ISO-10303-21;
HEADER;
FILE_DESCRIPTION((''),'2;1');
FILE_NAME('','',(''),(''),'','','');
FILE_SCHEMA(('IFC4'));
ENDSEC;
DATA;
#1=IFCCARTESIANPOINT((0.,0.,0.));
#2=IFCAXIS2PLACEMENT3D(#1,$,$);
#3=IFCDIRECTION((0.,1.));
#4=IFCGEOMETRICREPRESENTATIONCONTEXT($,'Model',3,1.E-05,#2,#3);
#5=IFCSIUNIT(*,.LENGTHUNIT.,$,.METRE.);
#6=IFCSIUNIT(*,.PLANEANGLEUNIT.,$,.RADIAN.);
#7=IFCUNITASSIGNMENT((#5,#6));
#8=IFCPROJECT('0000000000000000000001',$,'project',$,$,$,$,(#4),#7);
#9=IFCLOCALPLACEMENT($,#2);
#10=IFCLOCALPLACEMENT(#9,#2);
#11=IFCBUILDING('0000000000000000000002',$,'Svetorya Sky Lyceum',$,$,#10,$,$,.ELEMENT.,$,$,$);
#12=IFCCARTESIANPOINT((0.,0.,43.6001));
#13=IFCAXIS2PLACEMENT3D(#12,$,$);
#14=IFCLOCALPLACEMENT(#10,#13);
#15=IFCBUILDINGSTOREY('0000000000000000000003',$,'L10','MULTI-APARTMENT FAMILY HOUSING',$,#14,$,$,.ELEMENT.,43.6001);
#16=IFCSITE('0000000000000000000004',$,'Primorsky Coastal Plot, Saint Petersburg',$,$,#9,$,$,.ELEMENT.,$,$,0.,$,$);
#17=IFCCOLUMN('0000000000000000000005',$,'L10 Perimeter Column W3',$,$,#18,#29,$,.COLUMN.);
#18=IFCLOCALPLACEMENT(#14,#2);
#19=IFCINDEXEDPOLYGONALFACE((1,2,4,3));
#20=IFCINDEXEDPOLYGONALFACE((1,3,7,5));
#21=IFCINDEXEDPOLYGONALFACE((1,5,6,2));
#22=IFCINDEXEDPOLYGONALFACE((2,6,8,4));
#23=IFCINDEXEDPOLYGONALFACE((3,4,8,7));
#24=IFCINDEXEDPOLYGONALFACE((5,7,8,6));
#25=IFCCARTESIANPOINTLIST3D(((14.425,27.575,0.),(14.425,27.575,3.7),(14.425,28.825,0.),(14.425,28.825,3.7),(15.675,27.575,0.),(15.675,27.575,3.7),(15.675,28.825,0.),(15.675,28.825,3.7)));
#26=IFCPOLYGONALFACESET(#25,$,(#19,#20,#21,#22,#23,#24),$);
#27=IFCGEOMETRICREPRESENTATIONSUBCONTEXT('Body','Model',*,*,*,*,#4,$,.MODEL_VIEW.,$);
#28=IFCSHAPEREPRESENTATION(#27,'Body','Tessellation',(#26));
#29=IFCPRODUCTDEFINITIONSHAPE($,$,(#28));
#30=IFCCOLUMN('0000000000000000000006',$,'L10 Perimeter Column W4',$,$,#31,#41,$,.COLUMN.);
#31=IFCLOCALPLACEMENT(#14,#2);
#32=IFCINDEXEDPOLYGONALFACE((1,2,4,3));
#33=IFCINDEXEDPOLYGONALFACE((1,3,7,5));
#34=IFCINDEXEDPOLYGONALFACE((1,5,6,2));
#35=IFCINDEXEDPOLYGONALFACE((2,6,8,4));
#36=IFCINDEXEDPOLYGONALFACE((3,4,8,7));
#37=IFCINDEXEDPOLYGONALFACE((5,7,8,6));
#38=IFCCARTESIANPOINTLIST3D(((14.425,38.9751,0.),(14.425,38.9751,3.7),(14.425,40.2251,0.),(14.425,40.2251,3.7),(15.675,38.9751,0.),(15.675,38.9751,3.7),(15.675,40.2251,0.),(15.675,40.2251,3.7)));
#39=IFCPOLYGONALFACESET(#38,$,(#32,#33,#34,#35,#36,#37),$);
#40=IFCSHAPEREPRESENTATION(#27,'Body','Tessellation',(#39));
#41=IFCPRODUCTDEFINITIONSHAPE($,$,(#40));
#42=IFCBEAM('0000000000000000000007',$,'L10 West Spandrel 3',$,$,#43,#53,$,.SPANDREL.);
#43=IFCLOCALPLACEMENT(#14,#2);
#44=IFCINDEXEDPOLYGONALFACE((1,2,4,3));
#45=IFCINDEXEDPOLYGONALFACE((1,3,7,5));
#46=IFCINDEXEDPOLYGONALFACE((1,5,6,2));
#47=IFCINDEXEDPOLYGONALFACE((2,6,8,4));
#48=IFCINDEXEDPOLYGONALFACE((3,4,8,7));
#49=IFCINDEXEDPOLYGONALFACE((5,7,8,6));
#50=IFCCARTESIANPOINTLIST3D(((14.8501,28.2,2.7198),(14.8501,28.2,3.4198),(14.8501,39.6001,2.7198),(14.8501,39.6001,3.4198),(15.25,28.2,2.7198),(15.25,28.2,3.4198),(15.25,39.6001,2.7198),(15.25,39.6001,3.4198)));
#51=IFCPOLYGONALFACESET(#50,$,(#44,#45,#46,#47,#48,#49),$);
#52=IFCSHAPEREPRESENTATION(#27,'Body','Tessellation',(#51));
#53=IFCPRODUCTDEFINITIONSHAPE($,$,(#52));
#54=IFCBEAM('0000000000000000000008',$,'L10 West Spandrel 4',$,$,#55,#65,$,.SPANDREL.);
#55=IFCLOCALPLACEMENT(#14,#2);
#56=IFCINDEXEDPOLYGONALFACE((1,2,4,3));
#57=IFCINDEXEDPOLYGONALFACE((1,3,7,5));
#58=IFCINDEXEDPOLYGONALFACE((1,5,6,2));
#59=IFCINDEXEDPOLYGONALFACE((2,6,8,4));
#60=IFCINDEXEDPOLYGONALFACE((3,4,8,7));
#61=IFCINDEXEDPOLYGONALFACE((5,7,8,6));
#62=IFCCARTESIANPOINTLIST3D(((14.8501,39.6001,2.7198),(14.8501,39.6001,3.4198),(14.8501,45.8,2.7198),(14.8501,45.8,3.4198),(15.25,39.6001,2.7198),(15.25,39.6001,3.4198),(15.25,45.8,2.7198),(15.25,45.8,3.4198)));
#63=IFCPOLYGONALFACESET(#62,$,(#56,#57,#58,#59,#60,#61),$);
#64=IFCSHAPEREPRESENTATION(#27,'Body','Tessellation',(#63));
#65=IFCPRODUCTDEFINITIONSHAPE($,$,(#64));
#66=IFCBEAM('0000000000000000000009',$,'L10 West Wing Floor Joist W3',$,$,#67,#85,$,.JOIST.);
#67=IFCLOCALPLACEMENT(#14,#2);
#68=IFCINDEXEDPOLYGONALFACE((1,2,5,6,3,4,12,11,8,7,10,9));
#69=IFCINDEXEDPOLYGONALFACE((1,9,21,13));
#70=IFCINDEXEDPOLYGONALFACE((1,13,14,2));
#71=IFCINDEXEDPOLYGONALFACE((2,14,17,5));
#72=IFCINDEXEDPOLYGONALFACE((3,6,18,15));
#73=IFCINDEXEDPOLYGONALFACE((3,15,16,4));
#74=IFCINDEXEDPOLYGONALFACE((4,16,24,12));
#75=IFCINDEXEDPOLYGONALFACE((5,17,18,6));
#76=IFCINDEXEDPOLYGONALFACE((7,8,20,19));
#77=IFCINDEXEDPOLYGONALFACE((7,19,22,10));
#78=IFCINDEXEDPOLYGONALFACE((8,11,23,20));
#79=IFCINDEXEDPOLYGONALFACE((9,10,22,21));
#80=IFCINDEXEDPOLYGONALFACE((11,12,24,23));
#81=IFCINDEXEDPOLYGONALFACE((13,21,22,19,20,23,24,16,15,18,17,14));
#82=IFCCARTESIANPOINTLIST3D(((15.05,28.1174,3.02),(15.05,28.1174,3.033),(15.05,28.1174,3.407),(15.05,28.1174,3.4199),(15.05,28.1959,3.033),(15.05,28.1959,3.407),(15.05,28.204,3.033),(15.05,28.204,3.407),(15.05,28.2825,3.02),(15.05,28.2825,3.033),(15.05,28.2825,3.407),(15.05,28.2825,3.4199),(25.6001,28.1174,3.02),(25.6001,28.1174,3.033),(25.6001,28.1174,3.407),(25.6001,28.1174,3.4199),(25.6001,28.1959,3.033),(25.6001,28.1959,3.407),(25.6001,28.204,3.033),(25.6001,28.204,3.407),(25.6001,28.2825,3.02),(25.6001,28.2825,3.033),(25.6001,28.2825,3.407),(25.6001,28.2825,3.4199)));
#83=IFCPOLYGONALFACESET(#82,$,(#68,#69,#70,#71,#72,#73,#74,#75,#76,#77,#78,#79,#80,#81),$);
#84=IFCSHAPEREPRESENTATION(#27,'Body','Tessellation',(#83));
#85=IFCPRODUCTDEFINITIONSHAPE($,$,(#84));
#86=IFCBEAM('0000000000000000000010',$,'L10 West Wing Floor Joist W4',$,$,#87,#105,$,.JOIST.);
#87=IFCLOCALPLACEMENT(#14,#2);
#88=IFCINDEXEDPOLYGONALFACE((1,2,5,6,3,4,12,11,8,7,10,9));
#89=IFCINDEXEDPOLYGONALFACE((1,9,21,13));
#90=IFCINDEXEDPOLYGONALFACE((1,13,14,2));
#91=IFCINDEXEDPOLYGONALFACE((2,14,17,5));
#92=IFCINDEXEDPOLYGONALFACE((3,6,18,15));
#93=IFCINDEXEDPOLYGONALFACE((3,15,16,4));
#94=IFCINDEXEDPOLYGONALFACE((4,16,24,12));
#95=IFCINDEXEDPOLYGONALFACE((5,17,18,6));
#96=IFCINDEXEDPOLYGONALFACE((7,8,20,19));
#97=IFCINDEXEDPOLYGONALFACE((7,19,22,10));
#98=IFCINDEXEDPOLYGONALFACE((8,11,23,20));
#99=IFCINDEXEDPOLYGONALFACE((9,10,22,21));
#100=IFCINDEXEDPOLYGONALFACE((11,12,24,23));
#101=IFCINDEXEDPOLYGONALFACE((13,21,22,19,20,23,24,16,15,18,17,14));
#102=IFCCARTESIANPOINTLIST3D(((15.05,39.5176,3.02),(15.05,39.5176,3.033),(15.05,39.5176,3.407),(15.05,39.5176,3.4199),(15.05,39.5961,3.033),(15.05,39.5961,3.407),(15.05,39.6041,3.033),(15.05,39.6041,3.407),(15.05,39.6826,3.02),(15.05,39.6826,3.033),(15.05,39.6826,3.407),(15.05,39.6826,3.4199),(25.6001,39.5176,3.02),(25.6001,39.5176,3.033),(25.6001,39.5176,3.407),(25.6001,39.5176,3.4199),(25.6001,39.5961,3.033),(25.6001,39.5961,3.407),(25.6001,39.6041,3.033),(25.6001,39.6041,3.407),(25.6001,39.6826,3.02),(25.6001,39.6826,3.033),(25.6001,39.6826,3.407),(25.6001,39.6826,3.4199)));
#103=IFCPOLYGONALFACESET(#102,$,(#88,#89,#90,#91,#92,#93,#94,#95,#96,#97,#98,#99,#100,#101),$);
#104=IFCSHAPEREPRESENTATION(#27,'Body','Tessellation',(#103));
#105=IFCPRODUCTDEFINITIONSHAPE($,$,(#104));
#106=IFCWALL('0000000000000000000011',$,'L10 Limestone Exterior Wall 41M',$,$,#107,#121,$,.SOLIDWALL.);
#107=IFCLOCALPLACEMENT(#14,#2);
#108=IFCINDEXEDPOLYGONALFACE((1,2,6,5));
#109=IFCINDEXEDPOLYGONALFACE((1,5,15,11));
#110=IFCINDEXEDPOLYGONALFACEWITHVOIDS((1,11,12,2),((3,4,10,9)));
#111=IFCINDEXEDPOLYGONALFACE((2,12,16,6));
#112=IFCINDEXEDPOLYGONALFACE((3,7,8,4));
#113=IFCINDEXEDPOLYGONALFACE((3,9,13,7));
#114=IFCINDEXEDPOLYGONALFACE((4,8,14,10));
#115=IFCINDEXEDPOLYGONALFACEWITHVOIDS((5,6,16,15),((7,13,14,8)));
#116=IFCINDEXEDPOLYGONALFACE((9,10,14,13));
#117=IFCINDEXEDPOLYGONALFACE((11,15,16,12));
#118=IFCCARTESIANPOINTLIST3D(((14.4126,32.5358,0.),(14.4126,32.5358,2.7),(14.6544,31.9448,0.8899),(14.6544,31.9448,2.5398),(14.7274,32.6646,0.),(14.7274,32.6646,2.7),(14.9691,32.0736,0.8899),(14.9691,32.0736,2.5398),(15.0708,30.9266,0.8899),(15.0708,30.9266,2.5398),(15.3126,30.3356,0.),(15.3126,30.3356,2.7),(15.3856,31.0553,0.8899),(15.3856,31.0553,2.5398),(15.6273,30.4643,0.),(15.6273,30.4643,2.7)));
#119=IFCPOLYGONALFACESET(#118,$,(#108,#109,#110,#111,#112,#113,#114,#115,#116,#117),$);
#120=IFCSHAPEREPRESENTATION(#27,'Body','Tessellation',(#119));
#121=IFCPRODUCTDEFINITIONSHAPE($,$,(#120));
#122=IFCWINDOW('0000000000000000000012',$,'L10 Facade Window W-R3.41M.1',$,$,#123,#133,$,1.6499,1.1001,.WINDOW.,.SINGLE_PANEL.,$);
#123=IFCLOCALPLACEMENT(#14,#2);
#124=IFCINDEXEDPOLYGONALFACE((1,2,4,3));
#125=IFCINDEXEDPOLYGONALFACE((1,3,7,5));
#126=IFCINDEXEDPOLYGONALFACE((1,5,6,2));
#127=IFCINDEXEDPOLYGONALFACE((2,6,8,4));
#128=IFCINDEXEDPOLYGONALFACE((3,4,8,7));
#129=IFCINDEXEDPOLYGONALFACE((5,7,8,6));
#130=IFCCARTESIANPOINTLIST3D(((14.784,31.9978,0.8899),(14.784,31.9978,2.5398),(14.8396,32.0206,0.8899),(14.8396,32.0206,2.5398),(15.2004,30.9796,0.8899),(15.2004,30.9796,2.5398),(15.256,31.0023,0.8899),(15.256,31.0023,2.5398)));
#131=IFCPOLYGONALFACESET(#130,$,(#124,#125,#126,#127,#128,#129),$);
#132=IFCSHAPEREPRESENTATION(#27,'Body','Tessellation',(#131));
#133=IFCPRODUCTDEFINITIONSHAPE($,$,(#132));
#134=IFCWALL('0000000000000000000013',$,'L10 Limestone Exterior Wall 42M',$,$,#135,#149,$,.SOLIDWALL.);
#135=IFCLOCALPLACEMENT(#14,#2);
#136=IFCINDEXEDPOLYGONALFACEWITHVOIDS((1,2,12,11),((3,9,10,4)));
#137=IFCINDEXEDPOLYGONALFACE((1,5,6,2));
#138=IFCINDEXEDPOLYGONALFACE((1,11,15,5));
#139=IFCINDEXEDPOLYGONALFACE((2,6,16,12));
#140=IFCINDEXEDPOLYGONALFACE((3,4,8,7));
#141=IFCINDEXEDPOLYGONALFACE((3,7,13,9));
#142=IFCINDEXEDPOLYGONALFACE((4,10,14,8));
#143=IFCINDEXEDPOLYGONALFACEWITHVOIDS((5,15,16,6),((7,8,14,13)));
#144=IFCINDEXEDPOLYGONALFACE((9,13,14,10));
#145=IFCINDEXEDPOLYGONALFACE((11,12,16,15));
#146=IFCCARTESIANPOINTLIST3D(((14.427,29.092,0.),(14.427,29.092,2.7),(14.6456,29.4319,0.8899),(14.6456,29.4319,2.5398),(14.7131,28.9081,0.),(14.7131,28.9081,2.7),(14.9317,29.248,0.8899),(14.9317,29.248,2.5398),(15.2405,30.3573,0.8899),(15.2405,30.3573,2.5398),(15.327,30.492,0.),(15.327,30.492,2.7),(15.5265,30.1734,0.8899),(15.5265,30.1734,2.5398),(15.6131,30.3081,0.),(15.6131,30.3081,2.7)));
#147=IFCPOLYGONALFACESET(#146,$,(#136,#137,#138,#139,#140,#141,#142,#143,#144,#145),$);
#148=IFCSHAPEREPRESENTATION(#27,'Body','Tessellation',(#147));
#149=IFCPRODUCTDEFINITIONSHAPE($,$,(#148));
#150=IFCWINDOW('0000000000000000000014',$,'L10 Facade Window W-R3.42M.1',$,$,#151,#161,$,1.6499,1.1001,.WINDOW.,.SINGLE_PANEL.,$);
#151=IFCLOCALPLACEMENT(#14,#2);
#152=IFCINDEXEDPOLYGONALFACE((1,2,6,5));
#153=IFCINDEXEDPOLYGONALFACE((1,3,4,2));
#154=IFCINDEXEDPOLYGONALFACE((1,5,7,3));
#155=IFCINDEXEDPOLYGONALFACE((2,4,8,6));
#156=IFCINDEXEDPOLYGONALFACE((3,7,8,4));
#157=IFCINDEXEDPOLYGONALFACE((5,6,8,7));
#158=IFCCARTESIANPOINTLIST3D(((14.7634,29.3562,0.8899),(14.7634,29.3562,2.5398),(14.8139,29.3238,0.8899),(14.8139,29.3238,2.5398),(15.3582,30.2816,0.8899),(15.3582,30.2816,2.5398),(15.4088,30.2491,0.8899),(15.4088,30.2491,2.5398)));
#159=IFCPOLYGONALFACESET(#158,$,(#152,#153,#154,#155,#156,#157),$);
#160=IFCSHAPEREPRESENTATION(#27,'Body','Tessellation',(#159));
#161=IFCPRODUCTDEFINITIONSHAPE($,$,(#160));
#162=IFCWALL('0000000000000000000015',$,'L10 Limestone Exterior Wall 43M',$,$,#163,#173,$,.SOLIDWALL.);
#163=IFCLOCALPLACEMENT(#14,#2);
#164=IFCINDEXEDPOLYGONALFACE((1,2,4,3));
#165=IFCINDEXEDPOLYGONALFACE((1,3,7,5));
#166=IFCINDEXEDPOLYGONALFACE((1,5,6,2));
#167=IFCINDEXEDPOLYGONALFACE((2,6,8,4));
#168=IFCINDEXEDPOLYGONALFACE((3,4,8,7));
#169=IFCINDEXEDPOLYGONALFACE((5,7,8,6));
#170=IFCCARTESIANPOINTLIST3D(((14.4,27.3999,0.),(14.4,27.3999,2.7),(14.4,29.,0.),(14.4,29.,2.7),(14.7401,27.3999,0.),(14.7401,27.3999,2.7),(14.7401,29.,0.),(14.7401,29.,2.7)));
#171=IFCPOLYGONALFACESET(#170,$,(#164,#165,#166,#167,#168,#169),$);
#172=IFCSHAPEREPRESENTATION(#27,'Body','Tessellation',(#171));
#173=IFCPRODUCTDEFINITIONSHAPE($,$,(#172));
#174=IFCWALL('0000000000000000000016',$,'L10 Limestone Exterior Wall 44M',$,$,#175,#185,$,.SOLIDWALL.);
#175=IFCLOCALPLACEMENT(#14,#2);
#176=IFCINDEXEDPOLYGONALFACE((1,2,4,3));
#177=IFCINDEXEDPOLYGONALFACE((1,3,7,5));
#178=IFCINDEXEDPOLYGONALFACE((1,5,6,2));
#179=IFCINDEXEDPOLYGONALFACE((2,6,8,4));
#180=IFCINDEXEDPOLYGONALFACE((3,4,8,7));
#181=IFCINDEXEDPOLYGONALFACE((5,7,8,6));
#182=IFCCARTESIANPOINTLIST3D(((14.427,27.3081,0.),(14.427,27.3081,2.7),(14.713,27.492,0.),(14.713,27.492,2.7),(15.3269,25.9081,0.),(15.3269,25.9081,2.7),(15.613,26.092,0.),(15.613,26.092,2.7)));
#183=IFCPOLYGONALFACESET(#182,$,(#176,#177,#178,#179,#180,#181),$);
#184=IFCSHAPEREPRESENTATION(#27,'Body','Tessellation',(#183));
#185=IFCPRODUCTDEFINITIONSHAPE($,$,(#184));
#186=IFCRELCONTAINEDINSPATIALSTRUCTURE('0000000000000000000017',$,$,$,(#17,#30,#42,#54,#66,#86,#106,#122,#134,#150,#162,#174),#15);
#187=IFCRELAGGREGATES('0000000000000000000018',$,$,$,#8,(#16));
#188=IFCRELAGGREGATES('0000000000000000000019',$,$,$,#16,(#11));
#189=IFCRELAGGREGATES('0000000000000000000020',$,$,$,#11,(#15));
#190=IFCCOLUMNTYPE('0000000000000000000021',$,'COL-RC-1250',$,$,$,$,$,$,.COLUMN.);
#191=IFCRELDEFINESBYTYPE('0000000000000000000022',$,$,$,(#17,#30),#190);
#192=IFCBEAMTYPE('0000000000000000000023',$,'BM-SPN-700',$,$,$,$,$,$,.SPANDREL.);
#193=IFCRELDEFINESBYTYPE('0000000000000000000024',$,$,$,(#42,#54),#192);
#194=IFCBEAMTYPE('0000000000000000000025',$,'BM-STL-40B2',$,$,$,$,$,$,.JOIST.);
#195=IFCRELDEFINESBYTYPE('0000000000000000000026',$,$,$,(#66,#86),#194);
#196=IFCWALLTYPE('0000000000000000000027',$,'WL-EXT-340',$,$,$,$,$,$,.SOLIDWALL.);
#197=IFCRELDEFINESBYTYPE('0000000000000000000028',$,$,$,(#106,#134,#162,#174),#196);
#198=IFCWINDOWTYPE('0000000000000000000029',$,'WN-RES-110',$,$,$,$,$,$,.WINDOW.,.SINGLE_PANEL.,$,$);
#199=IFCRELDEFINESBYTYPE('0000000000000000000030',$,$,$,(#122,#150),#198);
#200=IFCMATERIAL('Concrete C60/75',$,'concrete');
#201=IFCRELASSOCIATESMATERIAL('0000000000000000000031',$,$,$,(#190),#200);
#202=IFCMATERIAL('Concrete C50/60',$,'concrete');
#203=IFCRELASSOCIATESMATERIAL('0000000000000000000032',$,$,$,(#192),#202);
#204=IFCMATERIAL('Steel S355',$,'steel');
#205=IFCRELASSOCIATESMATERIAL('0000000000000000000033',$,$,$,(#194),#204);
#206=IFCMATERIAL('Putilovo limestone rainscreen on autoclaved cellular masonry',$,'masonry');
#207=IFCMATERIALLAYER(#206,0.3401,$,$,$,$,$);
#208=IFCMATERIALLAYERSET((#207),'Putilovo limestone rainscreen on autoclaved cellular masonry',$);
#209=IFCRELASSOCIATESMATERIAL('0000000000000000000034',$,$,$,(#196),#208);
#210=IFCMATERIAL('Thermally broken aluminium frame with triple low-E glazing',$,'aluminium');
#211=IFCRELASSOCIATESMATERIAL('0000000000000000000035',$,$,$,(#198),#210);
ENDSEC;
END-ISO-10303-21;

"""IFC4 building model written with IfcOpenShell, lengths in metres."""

from ifc_helpers import new_model, si_unit, direction, frame, frame_2d, origin, origin_2d, place, context, subcontext, project, spatial, rectangle, i_section, extrude, material, layer, layer_set, material_profile, profile_set, type_object, element, fill, save


model = new_model("IFC4")

# Units and contexts
model_context = context("Model", 3, precision=1e-05, world=origin(), true_north=direction((0.0, 1.0)))
body_context = subcontext(model_context, "Body", "Model", "MODEL_VIEW")
ifc_project = project(units=[si_unit("LENGTHUNIT", "METRE"), si_unit("PLANEANGLEUNIT", "RADIAN")], contexts=[model_context])

# Site, building, storey
site_placement = place(None, origin())
site = spatial("IfcSite", under=ifc_project, at=site_placement, Name="Primorsky Coastal Plot, Saint Petersburg", CompositionType="ELEMENT", RefElevation=0.0)
building_placement = place(site_placement, origin())
building = spatial("IfcBuilding", under=site, at=building_placement, Name="Svetorya Sky Lyceum", CompositionType="ELEMENT")
storey_placement = place(building_placement, frame((0.0, 0.0, 43.6001)))
storey = spatial("IfcBuildingStorey", under=building, at=storey_placement, Name="L10", Description="MULTI-APARTMENT FAMILY HOUSING", CompositionType="ELEMENT", Elevation=43.6001)

# Columns
ifc_material_1 = material(Name="Concrete C60/75", Category="concrete")
ifc_material_profile_1 = material_profile(ifc_material_1, rectangle(XDim=1.25, YDim=1.25, at=origin_2d()), Name="RC COL 1250x1250")
ifc_profile_set_1 = profile_set([ifc_material_profile_1], Name="Concrete C60/75")
column_type = type_object("IfcColumnType", Name="COL-RC-1250", PredefinedType="COLUMN", material=ifc_profile_set_1)
for number, where, z_axis, x_axis, name in (
    (1, (15.05, 28.2, 0.0), (0.0, 0.0, 1.0), (1.0, 0.0, 0.0), "L10 Perimeter Column W3"),
    (2, (15.05, 39.6001, 0.0), (0.0, 0.0, 1.0), (1.0, 0.0, 0.0), "L10 Perimeter Column W4"),
):
    element("IfcColumn", number, at=place(storey_placement, frame(where, z_axis=z_axis, x_axis=x_axis)), inside=storey, type_object=column_type, Name=name, PredefinedType="COLUMN", context=body_context, shape_type="SweptSolid", body=[
        extrude(rectangle(XDim=1.25, YDim=1.25, at=origin_2d()), origin(), (0.0, 0.0, 1.0), 3.7),
    ])

# Beams
ifc_material_2 = material(Name="Concrete C50/60", Category="concrete")
ifc_material_profile_2 = material_profile(ifc_material_2, rectangle(XDim=0.3999, YDim=0.7, at=origin_2d()), Name="RC SPANDREL 400x700")
ifc_profile_set_2 = profile_set([ifc_material_profile_2], Name="Concrete C50/60")
beam_type_1 = type_object("IfcBeamType", Name="BM-SPN-700", PredefinedType="SPANDREL", material=ifc_profile_set_2)
beam_1_placement = place(storey_placement, frame((15.05, 28.2, 3.0698), z_axis=(0.0, 1.0, 0.0), x_axis=(-1.0, 0.0, 0.0)))
element("IfcBeam", 3, at=beam_1_placement, inside=storey, type_object=beam_type_1, Name="L10 West Spandrel 3", PredefinedType="SPANDREL", context=body_context, shape_type="SweptSolid", body=[
    extrude(rectangle(XDim=0.3999, YDim=0.7, at=origin_2d()), origin(), (0.0, 0.0, 1.0), 11.4001),
])
beam_2_placement = place(storey_placement, frame((15.05, 39.6001, 3.0698), z_axis=(0.0, 1.0, 0.0), x_axis=(-1.0, 0.0, 0.0)))
element("IfcBeam", 4, at=beam_2_placement, inside=storey, type_object=beam_type_1, Name="L10 West Spandrel 4", PredefinedType="SPANDREL", context=body_context, shape_type="SweptSolid", body=[
    extrude(rectangle(XDim=0.3999, YDim=0.7, at=origin_2d()), origin(), (0.0, 0.0, 1.0), 6.2),
])
ifc_material_3 = material(Name="Steel S355", Category="steel")
ifc_material_profile_3 = material_profile(ifc_material_3, i_section(OverallWidth=0.165, OverallDepth=0.3999, WebThickness=0.0081, FlangeThickness=0.0129, at=origin_2d()), Name="GOST 40B2")
ifc_profile_set_3 = profile_set([ifc_material_profile_3], Name="Steel S355")
beam_type_2 = type_object("IfcBeamType", Name="BM-STL-40B2", PredefinedType="JOIST", material=ifc_profile_set_3)
for number, where, z_axis, x_axis, name in (
    (5, (15.05, 28.2, 3.22), (1.0, 0.0, 0.0), (0.0, 1.0, 0.0), "L10 West Wing Floor Joist W3"),
    (6, (15.05, 39.6001, 3.22), (1.0, 0.0, 0.0), (0.0, 1.0, 0.0), "L10 West Wing Floor Joist W4"),
):
    element("IfcBeam", number, at=place(storey_placement, frame(where, z_axis=z_axis, x_axis=x_axis)), inside=storey, type_object=beam_type_2, Name=name, PredefinedType="JOIST", context=body_context, shape_type="SweptSolid", body=[
        extrude(i_section(OverallWidth=0.165, OverallDepth=0.3999, WebThickness=0.0081, FlangeThickness=0.0129, at=origin_2d()), origin(), (0.0, 0.0, 1.0), 10.55),
    ])

# Walls, openings, windows
ifc_material_4 = material(Name="Putilovo limestone rainscreen on autoclaved cellular masonry", Category="masonry")
ifc_layer_1 = layer(ifc_material_4, 0.3401)
ifc_layer_set_1 = layer_set([ifc_layer_1], Name="Putilovo limestone rainscreen on autoclaved cellular masonry")
wall_type_1 = type_object("IfcWallType", Name="WL-EXT-340", PredefinedType="SOLIDWALL", material=ifc_layer_set_1)
wall_1_placement = place(storey_placement, frame((14.5701, 32.6001, 0.0), z_axis=(0.0, 0.0, 1.0), x_axis=(0.378569, -0.925573, 0.0)))
wall_1 = element("IfcWall", 7, at=wall_1_placement, inside=storey, type_object=wall_type_1, Name="L10 Limestone Exterior Wall 41M", PredefinedType="SOLIDWALL", context=body_context, shape_type="SweptSolid", body=[
    extrude(rectangle(XDim=2.3772, YDim=0.3401, at=frame_2d((1.1885, 0.0))), origin(), (0.0, 0.0, 1.0), 2.7),
])
opening_1_placement = place(wall_1_placement, frame((0.6384, 0.0, 0.8899)))
opening_1 = element("IfcOpeningElement", 8, at=opening_1_placement, cuts=wall_1, PredefinedType="OPENING", context=body_context, shape_type="SweptSolid", body=[
    extrude(rectangle(XDim=1.1001, YDim=1.6499, at=frame_2d((0.55, 0.825))), frame((0.0, 0.1799, 0.0), z_axis=(0.0, -1.0, 0.0), x_axis=(1.0, 0.0, 0.0)), (0.0, 0.0, 1.0), 0.3601),
])
ifc_material_5 = material(Name="Thermally broken aluminium frame with triple low-E glazing", Category="aluminium")
window_type_1 = type_object("IfcWindowType", Name="WN-RES-110", PartitioningType="SINGLE_PANEL", PredefinedType="WINDOW", material=ifc_material_5)
window_1_placement = place(opening_1_placement, origin())
window_1 = element("IfcWindow", 9, at=window_1_placement, inside=storey, type_object=window_type_1, Name="L10 Facade Window W-R3.41M.1", OverallHeight=1.6499, OverallWidth=1.1001, PartitioningType="SINGLE_PANEL", PredefinedType="WINDOW", context=body_context, shape_type="SweptSolid", body=[
    extrude(rectangle(XDim=1.1001, YDim=1.6499, at=frame_2d((0.55, 0.825))), frame((0.0, 0.03, 0.0), z_axis=(0.0, -1.0, 0.0), x_axis=(1.0, 0.0, 0.0)), (0.0, 0.0, 1.0), 0.0601),
])
fill(opening_1, window_1)
wall_2_placement = place(storey_placement, frame((15.47, 30.3999, 0.0), z_axis=(0.0, 0.0, 1.0), x_axis=(-0.540743, -0.841188, 0.0)))
wall_2 = element("IfcWall", 10, at=wall_2_placement, inside=storey, type_object=wall_type_1, Name="L10 Limestone Exterior Wall 42M", PredefinedType="SOLIDWALL", context=body_context, shape_type="SweptSolid", body=[
    extrude(rectangle(XDim=1.6643, YDim=0.3401, at=frame_2d((0.832, 0.0))), origin(), (0.0, 0.0, 1.0), 2.7),
])
opening_2_placement = place(wall_2_placement, frame((0.1599, 0.0, 0.8899)))
opening_2 = element("IfcOpeningElement", 11, at=opening_2_placement, cuts=wall_2, PredefinedType="OPENING", context=body_context, shape_type="SweptSolid", body=[
    extrude(rectangle(XDim=1.1001, YDim=1.6499, at=frame_2d((0.55, 0.825))), frame((0.0, 0.1799, 0.0), z_axis=(0.0, -1.0, 0.0), x_axis=(1.0, 0.0, 0.0)), (0.0, 0.0, 1.0), 0.3601),
])
window_2_placement = place(opening_2_placement, origin())
window_2 = element("IfcWindow", 12, at=window_2_placement, inside=storey, type_object=window_type_1, Name="L10 Facade Window W-R3.42M.1", OverallHeight=1.6499, OverallWidth=1.1001, PartitioningType="SINGLE_PANEL", PredefinedType="WINDOW", context=body_context, shape_type="SweptSolid", body=[
    extrude(rectangle(XDim=1.1001, YDim=1.6499, at=frame_2d((0.55, 0.825))), frame((0.0, 0.03, 0.0), z_axis=(0.0, -1.0, 0.0), x_axis=(1.0, 0.0, 0.0)), (0.0, 0.0, 1.0), 0.0601),
])
fill(opening_2, window_2)

# Walls
wall_3_placement = place(storey_placement, frame((14.5701, 29.0, 0.0), z_axis=(0.0, 0.0, 1.0), x_axis=(0.0, -1.0, 0.0)))
element("IfcWall", 13, at=wall_3_placement, inside=storey, type_object=wall_type_1, Name="L10 Limestone Exterior Wall 43M", PredefinedType="SOLIDWALL", context=body_context, shape_type="SweptSolid", body=[
    extrude(rectangle(XDim=1.6001, YDim=0.3401, at=frame_2d((0.8, 0.0))), origin(), (0.0, 0.0, 1.0), 2.7),
])
wall_4_placement = place(storey_placement, frame((14.5701, 27.3999, 0.0), z_axis=(0.0, 0.0, 1.0), x_axis=(0.540743, -0.841188, 0.0)))
element("IfcWall", 14, at=wall_4_placement, inside=storey, type_object=wall_type_1, Name="L10 Limestone Exterior Wall 44M", PredefinedType="SOLIDWALL", context=body_context, shape_type="SweptSolid", body=[
    extrude(rectangle(XDim=1.6643, YDim=0.3401, at=frame_2d((0.832, 0.0))), origin(), (0.0, 0.0, 1.0), 2.7),
])

save(model, "model.ifc")
